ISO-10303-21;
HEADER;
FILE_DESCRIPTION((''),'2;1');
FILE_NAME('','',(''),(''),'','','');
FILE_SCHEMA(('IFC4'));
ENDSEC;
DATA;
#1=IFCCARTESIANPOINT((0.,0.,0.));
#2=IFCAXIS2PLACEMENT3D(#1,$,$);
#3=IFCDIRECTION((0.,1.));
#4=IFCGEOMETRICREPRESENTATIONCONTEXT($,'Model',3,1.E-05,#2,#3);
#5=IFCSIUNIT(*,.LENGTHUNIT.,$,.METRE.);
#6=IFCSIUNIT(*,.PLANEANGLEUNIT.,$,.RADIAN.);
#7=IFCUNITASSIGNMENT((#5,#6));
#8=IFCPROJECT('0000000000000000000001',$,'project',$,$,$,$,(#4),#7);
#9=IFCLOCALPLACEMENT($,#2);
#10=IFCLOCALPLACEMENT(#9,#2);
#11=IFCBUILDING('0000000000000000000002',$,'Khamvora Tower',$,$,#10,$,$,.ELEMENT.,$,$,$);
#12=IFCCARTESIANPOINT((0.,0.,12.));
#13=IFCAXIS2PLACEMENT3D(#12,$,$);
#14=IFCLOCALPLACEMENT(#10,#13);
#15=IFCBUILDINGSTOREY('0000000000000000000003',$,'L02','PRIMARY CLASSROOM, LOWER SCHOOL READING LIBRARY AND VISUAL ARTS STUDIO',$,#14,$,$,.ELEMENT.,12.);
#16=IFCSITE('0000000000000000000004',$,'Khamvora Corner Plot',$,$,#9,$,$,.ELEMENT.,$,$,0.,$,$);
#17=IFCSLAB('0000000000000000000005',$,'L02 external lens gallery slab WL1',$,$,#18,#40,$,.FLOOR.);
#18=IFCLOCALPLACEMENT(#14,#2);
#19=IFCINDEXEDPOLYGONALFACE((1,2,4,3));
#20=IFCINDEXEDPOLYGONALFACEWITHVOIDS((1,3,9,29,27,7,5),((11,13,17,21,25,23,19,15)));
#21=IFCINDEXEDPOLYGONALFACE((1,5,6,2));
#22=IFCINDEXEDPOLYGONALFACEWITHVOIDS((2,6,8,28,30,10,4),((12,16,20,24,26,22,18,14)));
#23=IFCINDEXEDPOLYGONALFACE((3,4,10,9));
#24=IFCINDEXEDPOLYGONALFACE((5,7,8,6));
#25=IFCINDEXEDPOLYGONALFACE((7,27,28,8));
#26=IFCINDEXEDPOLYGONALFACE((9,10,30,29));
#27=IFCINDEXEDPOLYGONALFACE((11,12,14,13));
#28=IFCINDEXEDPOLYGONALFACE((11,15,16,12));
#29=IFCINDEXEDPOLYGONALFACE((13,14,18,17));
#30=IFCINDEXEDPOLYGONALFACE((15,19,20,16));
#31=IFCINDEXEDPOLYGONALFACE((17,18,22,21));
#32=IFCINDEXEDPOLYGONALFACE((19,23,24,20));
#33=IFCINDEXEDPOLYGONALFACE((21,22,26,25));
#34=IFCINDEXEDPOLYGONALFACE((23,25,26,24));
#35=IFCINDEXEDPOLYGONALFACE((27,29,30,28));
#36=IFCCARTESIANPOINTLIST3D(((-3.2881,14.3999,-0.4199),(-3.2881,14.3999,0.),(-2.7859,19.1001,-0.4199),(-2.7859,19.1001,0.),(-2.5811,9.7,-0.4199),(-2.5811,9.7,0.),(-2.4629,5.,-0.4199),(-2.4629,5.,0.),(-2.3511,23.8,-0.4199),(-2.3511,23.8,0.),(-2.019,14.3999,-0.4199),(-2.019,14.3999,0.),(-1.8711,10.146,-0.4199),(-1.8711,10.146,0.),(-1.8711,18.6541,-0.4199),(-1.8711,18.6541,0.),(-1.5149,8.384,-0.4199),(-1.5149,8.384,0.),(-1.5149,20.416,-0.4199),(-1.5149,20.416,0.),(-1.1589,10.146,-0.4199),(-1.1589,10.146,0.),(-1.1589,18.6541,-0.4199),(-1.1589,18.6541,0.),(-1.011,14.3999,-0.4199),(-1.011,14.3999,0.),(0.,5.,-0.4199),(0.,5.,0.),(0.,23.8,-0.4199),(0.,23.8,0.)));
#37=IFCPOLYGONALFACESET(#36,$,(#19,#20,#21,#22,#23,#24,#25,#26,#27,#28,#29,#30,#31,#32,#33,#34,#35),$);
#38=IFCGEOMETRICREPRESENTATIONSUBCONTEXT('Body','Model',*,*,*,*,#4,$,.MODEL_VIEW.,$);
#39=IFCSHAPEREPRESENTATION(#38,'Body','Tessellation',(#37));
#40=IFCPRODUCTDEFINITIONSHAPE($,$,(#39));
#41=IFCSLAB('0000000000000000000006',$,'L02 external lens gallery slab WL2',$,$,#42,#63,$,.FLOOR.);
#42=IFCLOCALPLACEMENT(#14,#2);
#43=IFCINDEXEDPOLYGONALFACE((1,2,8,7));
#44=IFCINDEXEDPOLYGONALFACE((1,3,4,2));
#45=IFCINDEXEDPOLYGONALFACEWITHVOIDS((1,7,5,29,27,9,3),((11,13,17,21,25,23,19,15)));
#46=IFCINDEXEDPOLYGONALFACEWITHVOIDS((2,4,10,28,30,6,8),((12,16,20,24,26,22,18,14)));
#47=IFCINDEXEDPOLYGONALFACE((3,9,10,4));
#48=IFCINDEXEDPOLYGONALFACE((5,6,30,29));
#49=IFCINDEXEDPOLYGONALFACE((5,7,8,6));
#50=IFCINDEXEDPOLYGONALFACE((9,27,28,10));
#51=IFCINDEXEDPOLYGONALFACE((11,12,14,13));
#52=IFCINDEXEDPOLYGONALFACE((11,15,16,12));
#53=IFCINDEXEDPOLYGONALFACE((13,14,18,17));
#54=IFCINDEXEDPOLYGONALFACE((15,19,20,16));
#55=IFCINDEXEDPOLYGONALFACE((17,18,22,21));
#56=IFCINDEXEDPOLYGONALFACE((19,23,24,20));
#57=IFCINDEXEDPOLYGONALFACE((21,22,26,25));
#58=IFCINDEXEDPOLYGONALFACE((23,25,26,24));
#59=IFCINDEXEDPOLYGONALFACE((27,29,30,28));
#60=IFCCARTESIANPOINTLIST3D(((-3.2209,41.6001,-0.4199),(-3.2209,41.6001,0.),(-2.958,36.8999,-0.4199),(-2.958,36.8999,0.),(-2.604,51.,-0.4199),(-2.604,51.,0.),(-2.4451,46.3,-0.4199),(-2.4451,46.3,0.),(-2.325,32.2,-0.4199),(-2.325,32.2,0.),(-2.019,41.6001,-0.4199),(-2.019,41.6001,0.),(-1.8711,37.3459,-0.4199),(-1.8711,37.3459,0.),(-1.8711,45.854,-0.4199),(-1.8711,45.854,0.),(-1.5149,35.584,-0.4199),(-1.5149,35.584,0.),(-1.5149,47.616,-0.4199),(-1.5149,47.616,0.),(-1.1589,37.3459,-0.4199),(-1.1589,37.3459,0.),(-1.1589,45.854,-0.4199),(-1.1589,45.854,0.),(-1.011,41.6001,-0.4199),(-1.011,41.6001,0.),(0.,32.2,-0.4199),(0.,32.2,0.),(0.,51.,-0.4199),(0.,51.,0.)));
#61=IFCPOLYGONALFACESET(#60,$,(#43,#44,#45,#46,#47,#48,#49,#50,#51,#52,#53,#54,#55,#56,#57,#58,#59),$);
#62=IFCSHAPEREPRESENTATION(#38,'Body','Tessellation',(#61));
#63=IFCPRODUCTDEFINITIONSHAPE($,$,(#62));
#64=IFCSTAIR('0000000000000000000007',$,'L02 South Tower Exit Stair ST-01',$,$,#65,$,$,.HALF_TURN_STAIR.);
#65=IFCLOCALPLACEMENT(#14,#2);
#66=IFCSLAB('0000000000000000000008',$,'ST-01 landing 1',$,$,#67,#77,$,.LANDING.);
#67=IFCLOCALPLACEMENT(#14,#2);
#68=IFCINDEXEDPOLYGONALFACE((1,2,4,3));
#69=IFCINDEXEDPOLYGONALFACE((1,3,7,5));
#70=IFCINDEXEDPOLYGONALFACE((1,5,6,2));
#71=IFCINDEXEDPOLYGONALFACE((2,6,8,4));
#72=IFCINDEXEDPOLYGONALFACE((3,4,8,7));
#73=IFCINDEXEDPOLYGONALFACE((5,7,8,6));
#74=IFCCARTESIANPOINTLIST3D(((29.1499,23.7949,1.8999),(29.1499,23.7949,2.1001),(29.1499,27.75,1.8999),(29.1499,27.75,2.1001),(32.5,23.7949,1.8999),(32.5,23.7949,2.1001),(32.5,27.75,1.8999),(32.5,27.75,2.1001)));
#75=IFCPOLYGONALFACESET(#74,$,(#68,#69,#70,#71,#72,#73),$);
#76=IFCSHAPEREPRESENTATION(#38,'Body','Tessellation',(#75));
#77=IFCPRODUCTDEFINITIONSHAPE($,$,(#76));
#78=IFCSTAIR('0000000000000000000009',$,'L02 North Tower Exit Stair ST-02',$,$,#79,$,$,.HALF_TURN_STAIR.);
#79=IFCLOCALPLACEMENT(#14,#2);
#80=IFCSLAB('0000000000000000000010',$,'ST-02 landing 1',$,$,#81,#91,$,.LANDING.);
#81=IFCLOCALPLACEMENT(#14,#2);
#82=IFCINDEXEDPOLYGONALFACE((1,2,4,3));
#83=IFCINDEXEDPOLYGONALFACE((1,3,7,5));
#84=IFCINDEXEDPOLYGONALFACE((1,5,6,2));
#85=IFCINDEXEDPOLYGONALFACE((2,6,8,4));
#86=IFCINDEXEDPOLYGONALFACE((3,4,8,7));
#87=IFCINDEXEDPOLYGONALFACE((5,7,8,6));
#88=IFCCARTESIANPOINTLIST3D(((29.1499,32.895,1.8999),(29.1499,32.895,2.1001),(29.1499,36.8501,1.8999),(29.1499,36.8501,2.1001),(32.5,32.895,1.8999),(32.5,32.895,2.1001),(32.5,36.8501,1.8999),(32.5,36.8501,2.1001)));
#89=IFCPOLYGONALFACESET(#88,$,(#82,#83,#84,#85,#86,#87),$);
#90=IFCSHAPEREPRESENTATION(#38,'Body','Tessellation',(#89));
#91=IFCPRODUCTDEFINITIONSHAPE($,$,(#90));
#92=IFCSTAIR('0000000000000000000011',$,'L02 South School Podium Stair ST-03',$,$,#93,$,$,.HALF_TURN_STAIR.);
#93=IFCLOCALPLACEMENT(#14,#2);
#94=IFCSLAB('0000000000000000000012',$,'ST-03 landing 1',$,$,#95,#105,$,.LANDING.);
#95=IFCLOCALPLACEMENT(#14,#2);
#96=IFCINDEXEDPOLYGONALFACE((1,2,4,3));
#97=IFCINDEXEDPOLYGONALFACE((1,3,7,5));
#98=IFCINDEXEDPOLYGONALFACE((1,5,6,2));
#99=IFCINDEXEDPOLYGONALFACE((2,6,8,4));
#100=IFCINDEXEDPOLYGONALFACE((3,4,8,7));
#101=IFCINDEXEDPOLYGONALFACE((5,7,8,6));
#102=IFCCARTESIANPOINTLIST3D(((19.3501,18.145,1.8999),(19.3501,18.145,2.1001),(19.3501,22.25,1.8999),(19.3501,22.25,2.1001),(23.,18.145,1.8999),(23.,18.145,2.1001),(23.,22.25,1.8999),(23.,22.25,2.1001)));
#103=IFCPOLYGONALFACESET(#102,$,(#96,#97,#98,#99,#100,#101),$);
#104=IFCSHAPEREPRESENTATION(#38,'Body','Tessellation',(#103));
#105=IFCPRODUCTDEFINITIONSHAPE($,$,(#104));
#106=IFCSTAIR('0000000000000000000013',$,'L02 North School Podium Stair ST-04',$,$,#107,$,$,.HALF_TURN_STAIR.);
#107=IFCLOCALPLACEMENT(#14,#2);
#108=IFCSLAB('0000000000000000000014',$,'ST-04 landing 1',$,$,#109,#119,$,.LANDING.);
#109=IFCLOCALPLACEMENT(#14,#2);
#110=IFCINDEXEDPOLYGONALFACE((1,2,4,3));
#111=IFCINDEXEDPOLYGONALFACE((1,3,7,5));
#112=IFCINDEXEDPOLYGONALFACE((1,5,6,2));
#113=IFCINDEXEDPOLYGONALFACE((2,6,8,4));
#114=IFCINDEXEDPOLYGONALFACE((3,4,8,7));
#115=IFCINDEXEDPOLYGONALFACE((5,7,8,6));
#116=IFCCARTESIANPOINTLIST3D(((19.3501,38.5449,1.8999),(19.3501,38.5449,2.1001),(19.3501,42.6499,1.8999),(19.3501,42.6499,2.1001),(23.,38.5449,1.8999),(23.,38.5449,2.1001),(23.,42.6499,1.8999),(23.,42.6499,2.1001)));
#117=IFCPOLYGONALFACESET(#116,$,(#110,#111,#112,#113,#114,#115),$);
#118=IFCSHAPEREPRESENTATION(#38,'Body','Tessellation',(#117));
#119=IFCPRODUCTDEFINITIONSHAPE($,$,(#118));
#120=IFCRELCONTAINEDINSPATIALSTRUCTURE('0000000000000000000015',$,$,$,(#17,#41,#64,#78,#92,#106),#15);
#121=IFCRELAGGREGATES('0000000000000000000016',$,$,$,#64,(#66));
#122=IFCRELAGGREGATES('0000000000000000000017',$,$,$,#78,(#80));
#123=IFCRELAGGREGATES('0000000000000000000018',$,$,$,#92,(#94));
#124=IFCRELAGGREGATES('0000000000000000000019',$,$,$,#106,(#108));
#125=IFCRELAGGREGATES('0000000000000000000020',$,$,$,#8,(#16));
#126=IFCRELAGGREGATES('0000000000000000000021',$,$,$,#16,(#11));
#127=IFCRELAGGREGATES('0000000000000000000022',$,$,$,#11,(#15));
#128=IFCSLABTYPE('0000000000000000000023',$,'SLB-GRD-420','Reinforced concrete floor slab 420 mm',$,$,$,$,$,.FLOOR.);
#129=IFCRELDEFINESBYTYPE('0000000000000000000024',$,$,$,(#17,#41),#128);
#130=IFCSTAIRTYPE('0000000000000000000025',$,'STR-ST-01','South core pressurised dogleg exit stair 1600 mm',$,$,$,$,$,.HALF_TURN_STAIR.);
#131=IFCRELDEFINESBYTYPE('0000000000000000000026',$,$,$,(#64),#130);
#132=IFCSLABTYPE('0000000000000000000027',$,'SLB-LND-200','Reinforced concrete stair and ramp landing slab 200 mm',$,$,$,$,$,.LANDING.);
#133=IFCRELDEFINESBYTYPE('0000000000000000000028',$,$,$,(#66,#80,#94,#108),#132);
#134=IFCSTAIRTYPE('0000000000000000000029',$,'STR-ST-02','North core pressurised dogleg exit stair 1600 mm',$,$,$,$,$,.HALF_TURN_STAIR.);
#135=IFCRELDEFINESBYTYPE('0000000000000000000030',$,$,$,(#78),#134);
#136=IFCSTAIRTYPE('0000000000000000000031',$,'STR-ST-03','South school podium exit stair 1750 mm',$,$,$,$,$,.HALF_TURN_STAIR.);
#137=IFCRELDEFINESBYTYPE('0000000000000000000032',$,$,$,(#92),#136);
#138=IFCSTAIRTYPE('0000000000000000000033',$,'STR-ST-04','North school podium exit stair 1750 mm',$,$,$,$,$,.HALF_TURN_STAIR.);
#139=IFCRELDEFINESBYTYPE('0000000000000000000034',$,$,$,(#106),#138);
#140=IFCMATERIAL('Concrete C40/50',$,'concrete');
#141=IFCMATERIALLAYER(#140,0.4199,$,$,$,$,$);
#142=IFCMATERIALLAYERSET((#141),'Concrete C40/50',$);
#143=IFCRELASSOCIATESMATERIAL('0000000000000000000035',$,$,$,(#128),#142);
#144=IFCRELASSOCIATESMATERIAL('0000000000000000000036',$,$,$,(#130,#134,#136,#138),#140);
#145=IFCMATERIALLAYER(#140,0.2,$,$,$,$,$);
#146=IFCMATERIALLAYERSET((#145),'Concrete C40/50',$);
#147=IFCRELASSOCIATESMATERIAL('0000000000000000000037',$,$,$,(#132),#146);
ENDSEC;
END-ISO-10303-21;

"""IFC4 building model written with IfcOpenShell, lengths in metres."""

from ifc_helpers import new_model, si_unit, direction, frame, origin, place, context, subcontext, project, spatial, polyline, outline, extrude, material, layer, layer_set, type_object, element, aggregate, save


model = new_model("IFC4")

# Units and contexts
model_context = context("Model", 3, precision=1e-05, world=origin(), true_north=direction((0.0, 1.0)))
body_context = subcontext(model_context, "Body", "Model", "MODEL_VIEW")
ifc_project = project(units=[si_unit("LENGTHUNIT", "METRE"), si_unit("PLANEANGLEUNIT", "RADIAN")], contexts=[model_context])

# Site, building, storey
site_placement = place(None, origin())
site = spatial("IfcSite", under=ifc_project, at=site_placement, Name="Khamvora Corner Plot", CompositionType="ELEMENT", RefElevation=0.0)
building_placement = place(site_placement, origin())
building = spatial("IfcBuilding", under=site, at=building_placement, Name="Khamvora Tower", CompositionType="ELEMENT")
storey_placement = place(building_placement, frame((0.0, 0.0, 12.0)))
storey = spatial("IfcBuildingStorey", under=building, at=storey_placement, Name="L02", Description="PRIMARY CLASSROOM, LOWER SCHOOL READING LIBRARY AND VISUAL ARTS STUDIO", CompositionType="ELEMENT", Elevation=12.0)

# Slabs
ifc_material_1 = material(Name="Concrete C40/50", Category="concrete")
ifc_layer_1 = layer(ifc_material_1, 0.4199)
ifc_layer_set_1 = layer_set([ifc_layer_1], Name="Concrete C40/50")
slab_type_1 = type_object("IfcSlabType", Name="SLB-GRD-420", Description="Reinforced concrete floor slab 420 mm", PredefinedType="FLOOR", material=ifc_layer_set_1)
slab_1_placement = place(storey_placement, frame((0.0, 0.0, -0.4199)))
element("IfcSlab", 1, at=slab_1_placement, inside=storey, type_object=slab_type_1, Name="L02 external lens gallery slab WL1", PredefinedType="FLOOR", context=body_context, shape_type="SweptSolid", body=[
    extrude(outline(polyline([(0.0, 5.0), (0.0, 23.8), (-2.3511, 23.8), (-2.7859, 19.1001), (-3.2881, 14.3999), (-2.5811, 9.7), (-2.4629, 5.0), (0.0, 5.0)]), holes=[polyline([(-1.011, 14.3999), (-1.1589, 18.6541), (-1.5149, 20.416), (-1.8711, 18.6541), (-2.019, 14.3999), (-1.8711, 10.146), (-1.5149, 8.384), (-1.1589, 10.146), (-1.011, 14.3999)])]), origin(), (0.0, 0.0, 1.0), 0.4199),
])
slab_2_placement = place(storey_placement, frame((0.0, 0.0, -0.4199)))
element("IfcSlab", 2, at=slab_2_placement, inside=storey, type_object=slab_type_1, Name="L02 external lens gallery slab WL2", PredefinedType="FLOOR", context=body_context, shape_type="SweptSolid", body=[
    extrude(outline(polyline([(0.0, 32.2), (0.0, 51.0), (-2.604, 51.0), (-2.4451, 46.3), (-3.2209, 41.6001), (-2.958, 36.8999), (-2.325, 32.2), (0.0, 32.2)]), holes=[polyline([(-1.011, 41.6001), (-1.1589, 45.854), (-1.5149, 47.616), (-1.8711, 45.854), (-2.019, 41.6001), (-1.8711, 37.3459), (-1.5149, 35.584), (-1.1589, 37.3459), (-1.011, 41.6001)])]), origin(), (0.0, 0.0, 1.0), 0.4199),
])

# Stairs, slabs
stair_type_1 = type_object("IfcStairType", Name="STR-ST-01", Description="South core pressurised dogleg exit stair 1600 mm", PredefinedType="HALF_TURN_STAIR", material=ifc_material_1)
stair_1_placement = place(storey_placement, origin())
stair_1 = element("IfcStair", 3, at=stair_1_placement, inside=storey, type_object=stair_type_1, Name="L02 South Tower Exit Stair ST-01", PredefinedType="HALF_TURN_STAIR")
ifc_layer_2 = layer(ifc_material_1, 0.2)
ifc_layer_set_2 = layer_set([ifc_layer_2], Name="Concrete C40/50")
slab_type_2 = type_object("IfcSlabType", Name="SLB-LND-200", Description="Reinforced concrete stair and ramp landing slab 200 mm", PredefinedType="LANDING", material=ifc_layer_set_2)
slab_3_placement = place(storey_placement, frame((0.0, 0.0, 1.8999)))
slab_3 = element("IfcSlab", 4, at=slab_3_placement, type_object=slab_type_2, Name="ST-01 landing 1", PredefinedType="LANDING", context=body_context, shape_type="SweptSolid", body=[
    extrude(outline(polyline([(32.5, 23.7949), (32.5, 27.75), (29.1499, 27.75), (29.1499, 23.7949), (32.5, 23.7949)])), origin(), (0.0, 0.0, 1.0), 0.2002),
])
aggregate(stair_1, [slab_3])
stair_type_2 = type_object("IfcStairType", Name="STR-ST-02", Description="North core pressurised dogleg exit stair 1600 mm", PredefinedType="HALF_TURN_STAIR", material=ifc_material_1)
stair_2_placement = place(storey_placement, origin())
stair_2 = element("IfcStair", 5, at=stair_2_placement, inside=storey, type_object=stair_type_2, Name="L02 North Tower Exit Stair ST-02", PredefinedType="HALF_TURN_STAIR")
slab_4_placement = place(storey_placement, frame((0.0, 0.0, 1.8999)))
slab_4 = element("IfcSlab", 6, at=slab_4_placement, type_object=slab_type_2, Name="ST-02 landing 1", PredefinedType="LANDING", context=body_context, shape_type="SweptSolid", body=[
    extrude(outline(polyline([(32.5, 32.895), (32.5, 36.8501), (29.1499, 36.8501), (29.1499, 32.895), (32.5, 32.895)])), origin(), (0.0, 0.0, 1.0), 0.2002),
])
aggregate(stair_2, [slab_4])
stair_type_3 = type_object("IfcStairType", Name="STR-ST-03", Description="South school podium exit stair 1750 mm", PredefinedType="HALF_TURN_STAIR", material=ifc_material_1)
stair_3_placement = place(storey_placement, origin())
stair_3 = element("IfcStair", 7, at=stair_3_placement, inside=storey, type_object=stair_type_3, Name="L02 South School Podium Stair ST-03", PredefinedType="HALF_TURN_STAIR")
slab_5_placement = place(storey_placement, frame((0.0, 0.0, 1.8999)))
slab_5 = element("IfcSlab", 8, at=slab_5_placement, type_object=slab_type_2, Name="ST-03 landing 1", PredefinedType="LANDING", context=body_context, shape_type="SweptSolid", body=[
    extrude(outline(polyline([(23.0, 18.145), (23.0, 22.25), (19.3501, 22.25), (19.3501, 18.145), (23.0, 18.145)])), origin(), (0.0, 0.0, 1.0), 0.2002),
])
aggregate(stair_3, [slab_5])
stair_type_4 = type_object("IfcStairType", Name="STR-ST-04", Description="North school podium exit stair 1750 mm", PredefinedType="HALF_TURN_STAIR", material=ifc_material_1)
stair_4_placement = place(storey_placement, origin())
stair_4 = element("IfcStair", 9, at=stair_4_placement, inside=storey, type_object=stair_type_4, Name="L02 North School Podium Stair ST-04", PredefinedType="HALF_TURN_STAIR")
slab_6_placement = place(storey_placement, frame((0.0, 0.0, 1.8999)))
slab_6 = element("IfcSlab", 10, at=slab_6_placement, type_object=slab_type_2, Name="ST-04 landing 1", PredefinedType="LANDING", context=body_context, shape_type="SweptSolid", body=[
    extrude(outline(polyline([(23.0, 38.5449), (23.0, 42.6499), (19.3501, 42.6499), (19.3501, 38.5449), (23.0, 38.5449)])), origin(), (0.0, 0.0, 1.0), 0.2002),
])
aggregate(stair_4, [slab_6])

save(model, "model.ifc")
